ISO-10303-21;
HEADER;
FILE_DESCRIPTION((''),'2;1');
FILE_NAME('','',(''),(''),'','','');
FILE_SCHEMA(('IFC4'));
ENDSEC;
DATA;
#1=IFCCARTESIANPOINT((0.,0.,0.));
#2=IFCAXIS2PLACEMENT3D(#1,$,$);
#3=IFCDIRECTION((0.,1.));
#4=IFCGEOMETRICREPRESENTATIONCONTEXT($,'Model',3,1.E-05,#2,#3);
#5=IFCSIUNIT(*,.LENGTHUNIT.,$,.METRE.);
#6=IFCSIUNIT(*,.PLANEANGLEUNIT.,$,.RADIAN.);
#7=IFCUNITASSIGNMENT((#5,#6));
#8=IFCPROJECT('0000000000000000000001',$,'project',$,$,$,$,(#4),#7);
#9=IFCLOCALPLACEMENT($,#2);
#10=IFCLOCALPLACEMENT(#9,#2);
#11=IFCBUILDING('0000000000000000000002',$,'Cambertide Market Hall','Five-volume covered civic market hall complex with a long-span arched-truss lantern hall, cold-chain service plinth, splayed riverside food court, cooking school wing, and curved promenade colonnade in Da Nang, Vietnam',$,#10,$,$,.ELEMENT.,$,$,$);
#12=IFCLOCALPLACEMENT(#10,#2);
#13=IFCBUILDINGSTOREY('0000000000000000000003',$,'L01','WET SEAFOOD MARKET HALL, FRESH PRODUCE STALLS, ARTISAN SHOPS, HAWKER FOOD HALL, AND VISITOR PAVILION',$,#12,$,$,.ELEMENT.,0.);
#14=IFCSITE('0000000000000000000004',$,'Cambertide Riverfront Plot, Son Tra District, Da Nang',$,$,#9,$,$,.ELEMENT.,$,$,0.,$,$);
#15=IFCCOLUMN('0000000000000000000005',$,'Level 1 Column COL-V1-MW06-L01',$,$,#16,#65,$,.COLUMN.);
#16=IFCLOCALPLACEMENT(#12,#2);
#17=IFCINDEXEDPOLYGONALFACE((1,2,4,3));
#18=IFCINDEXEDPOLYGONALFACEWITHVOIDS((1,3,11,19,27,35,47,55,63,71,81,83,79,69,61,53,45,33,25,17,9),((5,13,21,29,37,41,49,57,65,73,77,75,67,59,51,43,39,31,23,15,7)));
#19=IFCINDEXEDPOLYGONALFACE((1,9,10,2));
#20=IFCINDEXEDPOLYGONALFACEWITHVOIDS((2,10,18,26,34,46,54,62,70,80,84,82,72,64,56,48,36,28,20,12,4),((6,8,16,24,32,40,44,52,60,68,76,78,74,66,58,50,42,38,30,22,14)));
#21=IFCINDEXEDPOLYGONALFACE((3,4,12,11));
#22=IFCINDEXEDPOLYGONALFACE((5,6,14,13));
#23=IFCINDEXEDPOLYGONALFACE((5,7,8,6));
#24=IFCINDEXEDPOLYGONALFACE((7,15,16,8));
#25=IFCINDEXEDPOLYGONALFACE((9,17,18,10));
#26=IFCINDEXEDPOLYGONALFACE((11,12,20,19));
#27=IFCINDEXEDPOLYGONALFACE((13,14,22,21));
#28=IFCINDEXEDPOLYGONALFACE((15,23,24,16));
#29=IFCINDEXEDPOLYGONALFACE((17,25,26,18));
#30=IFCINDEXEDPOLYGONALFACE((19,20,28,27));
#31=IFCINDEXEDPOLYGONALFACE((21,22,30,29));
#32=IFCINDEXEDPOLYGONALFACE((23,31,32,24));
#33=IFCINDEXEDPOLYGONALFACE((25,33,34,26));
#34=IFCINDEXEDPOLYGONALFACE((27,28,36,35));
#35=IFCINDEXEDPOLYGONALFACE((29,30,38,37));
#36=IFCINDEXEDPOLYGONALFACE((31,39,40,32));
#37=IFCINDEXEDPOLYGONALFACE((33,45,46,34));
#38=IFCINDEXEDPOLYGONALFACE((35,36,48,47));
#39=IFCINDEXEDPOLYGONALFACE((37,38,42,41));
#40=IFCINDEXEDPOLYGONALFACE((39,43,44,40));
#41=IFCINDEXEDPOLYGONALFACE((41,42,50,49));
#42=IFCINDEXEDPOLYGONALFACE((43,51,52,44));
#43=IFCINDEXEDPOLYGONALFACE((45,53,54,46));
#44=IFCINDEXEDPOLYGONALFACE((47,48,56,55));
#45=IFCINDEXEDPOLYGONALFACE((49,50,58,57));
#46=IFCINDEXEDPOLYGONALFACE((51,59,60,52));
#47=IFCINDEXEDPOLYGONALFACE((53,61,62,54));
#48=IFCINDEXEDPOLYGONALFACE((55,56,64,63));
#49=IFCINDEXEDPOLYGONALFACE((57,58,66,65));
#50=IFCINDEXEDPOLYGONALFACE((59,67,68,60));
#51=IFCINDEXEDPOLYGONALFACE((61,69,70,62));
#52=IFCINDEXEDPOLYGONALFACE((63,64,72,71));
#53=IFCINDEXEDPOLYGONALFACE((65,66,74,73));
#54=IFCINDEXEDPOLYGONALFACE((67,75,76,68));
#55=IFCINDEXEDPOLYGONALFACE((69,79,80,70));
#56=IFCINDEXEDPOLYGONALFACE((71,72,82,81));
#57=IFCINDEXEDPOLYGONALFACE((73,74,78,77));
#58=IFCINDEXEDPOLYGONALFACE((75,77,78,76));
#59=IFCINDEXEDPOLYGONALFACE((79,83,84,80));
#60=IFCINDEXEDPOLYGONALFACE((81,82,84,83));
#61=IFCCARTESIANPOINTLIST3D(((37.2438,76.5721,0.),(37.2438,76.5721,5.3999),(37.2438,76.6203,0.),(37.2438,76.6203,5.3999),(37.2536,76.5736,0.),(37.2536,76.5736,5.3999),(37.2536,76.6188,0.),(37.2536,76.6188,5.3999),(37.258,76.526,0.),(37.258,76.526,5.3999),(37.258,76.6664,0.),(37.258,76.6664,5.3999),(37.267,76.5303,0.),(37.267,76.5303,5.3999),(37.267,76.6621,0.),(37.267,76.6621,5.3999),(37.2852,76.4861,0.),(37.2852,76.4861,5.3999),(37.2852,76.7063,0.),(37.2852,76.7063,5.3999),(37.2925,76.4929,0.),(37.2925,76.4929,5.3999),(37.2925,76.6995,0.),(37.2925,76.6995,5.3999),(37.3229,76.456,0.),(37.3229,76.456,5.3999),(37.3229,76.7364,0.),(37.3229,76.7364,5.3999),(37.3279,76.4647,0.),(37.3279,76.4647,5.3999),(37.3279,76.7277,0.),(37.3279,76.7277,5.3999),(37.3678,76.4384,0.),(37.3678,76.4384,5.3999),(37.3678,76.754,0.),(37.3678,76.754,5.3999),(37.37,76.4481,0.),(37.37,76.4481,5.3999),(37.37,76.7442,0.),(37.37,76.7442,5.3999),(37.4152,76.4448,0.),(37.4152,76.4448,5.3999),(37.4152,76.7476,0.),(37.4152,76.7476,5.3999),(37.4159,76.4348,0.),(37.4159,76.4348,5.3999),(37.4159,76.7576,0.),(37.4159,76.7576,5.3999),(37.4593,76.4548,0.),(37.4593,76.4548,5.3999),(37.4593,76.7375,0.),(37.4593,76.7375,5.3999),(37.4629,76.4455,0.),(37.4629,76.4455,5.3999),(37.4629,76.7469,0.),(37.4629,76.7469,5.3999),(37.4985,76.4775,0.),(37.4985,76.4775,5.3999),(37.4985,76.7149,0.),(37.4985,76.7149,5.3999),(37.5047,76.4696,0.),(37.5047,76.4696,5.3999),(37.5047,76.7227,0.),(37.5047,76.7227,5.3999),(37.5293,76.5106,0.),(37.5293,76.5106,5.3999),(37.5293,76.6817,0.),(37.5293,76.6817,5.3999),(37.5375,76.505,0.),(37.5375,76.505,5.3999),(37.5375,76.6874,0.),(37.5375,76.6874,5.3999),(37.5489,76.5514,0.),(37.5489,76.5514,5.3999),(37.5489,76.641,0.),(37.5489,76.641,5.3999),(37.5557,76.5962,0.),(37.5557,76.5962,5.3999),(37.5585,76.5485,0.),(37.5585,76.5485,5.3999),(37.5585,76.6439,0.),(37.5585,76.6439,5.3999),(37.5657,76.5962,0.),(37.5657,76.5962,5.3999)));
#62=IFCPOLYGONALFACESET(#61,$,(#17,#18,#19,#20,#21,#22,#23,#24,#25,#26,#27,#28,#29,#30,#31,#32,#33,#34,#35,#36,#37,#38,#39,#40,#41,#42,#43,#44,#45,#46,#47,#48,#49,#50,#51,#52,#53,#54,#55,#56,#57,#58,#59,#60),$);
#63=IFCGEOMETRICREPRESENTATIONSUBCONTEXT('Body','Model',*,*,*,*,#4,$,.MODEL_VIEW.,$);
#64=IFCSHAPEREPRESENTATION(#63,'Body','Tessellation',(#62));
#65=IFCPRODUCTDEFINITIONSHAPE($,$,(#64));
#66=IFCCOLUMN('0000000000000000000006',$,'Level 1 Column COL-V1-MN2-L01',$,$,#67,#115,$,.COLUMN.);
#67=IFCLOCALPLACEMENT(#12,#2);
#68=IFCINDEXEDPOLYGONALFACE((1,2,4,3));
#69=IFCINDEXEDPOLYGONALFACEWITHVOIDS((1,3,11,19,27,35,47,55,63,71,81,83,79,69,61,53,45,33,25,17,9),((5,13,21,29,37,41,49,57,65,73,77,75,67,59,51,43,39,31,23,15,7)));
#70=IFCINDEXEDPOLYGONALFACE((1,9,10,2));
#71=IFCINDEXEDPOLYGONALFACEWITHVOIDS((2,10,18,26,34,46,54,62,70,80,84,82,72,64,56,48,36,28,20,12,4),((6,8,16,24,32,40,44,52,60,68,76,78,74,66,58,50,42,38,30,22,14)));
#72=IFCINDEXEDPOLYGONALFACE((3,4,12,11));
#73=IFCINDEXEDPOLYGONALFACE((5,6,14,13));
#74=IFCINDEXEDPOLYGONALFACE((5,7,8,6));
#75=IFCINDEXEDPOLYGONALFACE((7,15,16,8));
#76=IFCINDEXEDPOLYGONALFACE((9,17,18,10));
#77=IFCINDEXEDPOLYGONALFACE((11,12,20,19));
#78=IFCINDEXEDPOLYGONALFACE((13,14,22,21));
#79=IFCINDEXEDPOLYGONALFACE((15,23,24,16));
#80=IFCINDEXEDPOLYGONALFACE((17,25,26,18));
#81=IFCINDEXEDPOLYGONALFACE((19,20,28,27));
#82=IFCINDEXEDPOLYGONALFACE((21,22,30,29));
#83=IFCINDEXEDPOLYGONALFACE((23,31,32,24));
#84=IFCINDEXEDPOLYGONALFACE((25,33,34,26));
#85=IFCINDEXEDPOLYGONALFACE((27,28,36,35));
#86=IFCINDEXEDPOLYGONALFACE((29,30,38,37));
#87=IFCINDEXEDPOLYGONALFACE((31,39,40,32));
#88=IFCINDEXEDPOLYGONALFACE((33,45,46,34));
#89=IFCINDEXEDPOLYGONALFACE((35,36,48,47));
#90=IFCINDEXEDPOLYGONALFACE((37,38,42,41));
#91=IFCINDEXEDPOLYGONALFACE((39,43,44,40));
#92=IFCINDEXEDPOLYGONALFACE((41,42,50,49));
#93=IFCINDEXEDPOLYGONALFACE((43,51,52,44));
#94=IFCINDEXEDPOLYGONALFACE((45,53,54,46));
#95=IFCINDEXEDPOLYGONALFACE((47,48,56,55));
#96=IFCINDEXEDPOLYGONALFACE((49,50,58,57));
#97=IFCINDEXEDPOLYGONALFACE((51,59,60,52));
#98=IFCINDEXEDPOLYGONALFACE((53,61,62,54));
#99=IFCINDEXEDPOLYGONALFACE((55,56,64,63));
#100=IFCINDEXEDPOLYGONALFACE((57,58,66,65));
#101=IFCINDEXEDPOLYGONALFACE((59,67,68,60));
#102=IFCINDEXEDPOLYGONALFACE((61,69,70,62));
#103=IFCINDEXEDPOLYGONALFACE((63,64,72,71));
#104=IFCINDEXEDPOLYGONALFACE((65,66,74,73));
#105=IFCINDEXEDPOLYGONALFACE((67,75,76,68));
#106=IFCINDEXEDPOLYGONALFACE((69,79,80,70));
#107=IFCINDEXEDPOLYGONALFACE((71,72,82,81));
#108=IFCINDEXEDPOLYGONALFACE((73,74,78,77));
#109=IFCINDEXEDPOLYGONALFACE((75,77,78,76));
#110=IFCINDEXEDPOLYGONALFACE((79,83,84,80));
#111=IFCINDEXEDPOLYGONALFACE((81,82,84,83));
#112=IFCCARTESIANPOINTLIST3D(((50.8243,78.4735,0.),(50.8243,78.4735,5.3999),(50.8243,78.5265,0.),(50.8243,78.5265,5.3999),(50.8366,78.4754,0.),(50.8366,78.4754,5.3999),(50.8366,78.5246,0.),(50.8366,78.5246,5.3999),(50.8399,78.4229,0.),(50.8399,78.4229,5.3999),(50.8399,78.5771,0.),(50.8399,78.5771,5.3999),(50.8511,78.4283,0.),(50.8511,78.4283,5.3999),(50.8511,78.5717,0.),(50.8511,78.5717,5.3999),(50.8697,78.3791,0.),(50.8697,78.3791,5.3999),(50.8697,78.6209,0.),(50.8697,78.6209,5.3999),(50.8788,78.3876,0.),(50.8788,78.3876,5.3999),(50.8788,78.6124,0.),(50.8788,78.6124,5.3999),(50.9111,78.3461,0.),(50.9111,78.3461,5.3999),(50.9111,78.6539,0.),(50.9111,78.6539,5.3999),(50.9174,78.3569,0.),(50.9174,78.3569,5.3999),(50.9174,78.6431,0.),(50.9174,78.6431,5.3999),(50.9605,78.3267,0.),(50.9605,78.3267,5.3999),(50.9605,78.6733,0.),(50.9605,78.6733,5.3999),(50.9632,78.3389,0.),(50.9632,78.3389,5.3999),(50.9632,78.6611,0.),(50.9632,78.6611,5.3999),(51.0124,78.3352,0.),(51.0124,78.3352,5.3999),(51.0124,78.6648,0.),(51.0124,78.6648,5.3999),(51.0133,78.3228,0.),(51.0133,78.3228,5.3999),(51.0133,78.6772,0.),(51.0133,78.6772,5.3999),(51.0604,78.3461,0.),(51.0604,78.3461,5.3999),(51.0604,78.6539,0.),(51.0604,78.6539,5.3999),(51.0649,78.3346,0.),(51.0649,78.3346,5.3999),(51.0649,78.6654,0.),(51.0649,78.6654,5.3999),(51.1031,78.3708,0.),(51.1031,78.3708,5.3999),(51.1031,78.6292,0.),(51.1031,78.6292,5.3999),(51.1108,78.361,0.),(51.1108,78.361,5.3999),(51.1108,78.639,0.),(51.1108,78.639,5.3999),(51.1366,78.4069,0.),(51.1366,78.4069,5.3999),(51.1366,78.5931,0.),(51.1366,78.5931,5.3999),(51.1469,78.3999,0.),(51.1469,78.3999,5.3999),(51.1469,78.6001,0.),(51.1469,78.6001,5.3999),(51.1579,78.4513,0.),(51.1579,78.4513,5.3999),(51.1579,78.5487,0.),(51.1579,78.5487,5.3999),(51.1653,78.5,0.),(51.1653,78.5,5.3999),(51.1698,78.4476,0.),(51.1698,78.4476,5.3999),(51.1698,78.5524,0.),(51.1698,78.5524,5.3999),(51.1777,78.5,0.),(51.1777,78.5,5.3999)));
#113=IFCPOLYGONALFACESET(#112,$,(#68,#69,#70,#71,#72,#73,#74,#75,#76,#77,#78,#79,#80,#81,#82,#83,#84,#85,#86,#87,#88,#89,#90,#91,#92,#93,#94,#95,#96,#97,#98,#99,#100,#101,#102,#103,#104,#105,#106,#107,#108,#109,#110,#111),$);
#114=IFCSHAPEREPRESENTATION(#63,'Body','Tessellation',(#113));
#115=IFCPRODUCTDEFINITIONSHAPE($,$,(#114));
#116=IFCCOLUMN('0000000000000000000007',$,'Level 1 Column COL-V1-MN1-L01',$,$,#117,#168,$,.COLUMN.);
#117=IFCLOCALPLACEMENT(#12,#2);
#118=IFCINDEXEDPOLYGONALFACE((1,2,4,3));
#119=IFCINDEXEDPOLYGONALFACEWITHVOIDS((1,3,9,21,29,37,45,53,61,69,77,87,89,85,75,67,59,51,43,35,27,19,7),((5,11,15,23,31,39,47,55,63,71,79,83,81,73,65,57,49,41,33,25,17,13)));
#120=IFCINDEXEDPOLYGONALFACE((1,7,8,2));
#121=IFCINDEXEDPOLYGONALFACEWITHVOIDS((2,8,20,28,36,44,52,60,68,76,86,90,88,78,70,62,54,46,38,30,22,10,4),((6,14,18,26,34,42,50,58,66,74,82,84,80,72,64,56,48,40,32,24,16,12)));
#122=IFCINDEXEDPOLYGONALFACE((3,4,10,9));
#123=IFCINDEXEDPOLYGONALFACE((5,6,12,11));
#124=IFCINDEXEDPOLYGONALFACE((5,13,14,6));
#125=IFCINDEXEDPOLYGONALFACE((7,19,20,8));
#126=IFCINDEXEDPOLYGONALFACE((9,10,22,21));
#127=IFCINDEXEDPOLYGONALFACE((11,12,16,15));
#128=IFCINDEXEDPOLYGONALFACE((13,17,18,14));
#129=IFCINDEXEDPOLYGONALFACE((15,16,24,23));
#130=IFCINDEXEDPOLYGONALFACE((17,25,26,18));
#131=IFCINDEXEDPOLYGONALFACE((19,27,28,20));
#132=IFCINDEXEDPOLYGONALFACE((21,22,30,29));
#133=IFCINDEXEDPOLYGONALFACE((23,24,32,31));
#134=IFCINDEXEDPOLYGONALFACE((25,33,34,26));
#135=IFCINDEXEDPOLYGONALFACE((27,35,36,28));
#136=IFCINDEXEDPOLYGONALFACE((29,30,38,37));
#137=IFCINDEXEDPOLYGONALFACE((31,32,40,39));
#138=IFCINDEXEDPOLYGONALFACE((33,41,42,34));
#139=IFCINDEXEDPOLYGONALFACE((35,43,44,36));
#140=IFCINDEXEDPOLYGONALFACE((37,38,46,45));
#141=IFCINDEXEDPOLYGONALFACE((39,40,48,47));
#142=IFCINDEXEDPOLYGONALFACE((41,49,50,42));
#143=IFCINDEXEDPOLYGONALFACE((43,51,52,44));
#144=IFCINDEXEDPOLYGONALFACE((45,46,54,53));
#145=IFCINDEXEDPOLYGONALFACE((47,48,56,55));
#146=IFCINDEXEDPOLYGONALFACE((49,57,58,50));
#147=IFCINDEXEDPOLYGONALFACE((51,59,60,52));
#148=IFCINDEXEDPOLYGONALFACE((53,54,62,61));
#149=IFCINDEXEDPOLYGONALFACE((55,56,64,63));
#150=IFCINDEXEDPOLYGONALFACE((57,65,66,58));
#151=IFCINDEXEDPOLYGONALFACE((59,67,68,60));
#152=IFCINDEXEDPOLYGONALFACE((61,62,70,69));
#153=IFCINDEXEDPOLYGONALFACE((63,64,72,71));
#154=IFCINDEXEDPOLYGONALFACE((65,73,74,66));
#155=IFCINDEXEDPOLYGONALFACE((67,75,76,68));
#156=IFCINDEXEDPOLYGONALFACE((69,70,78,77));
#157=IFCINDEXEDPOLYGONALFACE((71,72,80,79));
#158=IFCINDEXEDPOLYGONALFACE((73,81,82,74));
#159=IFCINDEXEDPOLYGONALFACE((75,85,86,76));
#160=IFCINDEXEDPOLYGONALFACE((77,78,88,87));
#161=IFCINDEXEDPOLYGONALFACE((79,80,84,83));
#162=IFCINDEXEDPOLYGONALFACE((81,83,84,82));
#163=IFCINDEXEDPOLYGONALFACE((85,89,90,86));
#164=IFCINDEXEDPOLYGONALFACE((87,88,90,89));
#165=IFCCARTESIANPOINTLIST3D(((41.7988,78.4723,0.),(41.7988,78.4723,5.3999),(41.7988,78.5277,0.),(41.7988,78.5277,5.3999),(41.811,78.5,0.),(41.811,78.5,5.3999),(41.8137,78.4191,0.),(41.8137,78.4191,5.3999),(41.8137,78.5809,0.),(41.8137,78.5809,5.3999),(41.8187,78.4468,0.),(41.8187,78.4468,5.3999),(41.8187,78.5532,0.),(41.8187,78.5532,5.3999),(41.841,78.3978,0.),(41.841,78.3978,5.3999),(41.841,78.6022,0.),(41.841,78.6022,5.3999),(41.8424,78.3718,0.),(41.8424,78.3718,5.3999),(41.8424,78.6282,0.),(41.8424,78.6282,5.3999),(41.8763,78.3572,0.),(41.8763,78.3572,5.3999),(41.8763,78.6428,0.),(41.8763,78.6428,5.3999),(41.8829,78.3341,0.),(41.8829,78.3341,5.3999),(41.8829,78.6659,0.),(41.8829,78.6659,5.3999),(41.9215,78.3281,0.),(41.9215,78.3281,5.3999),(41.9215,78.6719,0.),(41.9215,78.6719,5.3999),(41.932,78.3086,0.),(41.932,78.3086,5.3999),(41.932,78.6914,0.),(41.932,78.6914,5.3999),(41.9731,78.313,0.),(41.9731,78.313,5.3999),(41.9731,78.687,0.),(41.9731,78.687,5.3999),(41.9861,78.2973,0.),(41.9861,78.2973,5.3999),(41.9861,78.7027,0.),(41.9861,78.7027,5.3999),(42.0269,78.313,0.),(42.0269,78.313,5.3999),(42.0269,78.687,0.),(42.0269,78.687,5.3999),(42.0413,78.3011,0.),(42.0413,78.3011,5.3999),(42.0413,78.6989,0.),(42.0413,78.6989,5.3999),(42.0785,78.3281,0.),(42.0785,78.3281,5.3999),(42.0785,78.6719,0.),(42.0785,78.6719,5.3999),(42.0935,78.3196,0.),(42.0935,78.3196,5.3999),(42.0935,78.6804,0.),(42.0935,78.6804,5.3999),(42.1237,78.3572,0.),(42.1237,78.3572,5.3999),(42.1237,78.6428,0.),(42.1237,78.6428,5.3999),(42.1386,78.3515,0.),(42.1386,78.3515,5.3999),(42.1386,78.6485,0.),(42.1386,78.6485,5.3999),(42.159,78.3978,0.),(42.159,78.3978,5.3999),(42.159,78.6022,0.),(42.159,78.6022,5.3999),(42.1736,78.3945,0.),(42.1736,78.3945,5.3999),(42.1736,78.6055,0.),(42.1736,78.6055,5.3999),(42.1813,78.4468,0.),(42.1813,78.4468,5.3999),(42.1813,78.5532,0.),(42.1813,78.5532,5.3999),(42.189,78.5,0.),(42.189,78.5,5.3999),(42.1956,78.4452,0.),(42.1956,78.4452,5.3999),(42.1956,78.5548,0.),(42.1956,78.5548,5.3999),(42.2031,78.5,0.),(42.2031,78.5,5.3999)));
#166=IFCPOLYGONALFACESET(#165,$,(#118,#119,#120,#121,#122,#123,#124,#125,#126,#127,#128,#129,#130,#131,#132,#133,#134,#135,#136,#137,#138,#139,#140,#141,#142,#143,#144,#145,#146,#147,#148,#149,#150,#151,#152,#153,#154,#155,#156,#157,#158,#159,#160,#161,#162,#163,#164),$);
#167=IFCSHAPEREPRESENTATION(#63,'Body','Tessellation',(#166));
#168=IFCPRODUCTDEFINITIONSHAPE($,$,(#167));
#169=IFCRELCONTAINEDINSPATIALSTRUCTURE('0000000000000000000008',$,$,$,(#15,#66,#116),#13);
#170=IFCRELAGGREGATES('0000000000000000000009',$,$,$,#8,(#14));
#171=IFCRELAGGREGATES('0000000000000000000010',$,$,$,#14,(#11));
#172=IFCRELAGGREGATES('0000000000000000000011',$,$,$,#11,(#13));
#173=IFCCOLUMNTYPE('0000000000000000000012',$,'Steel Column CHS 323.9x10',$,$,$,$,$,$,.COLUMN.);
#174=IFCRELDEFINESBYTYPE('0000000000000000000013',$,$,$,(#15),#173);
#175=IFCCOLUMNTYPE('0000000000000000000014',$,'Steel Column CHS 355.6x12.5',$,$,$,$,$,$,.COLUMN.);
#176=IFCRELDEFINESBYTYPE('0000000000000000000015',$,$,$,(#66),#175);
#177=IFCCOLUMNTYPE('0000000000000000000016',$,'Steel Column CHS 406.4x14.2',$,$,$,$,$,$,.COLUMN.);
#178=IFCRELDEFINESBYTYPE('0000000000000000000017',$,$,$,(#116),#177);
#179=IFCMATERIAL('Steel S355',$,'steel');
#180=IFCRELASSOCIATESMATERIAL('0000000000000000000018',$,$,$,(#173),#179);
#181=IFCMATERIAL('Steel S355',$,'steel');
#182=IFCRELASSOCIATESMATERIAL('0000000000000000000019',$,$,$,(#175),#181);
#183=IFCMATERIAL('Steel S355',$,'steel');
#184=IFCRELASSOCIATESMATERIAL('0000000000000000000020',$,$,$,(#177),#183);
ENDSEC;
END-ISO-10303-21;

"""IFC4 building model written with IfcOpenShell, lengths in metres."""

from ifc_helpers import new_model, si_unit, direction, frame, origin, origin_2d, place, context, subcontext, project, spatial, hollow_circle, extrude, material, material_profile, profile_set, type_object, element, save


model = new_model("IFC4")

# Units and contexts
model_context = context("Model", 3, precision=1e-05, world=origin(), true_north=direction((0.0, 1.0)))
body_context = subcontext(model_context, "Body", "Model", "MODEL_VIEW")
ifc_project = project(units=[si_unit("LENGTHUNIT", "METRE"), si_unit("PLANEANGLEUNIT", "RADIAN")], contexts=[model_context])

# Site, building, storey
site_placement = place(None, origin())
site = spatial("IfcSite", under=ifc_project, at=site_placement, Name="Cambertide Riverfront Plot, Son Tra District, Da Nang", CompositionType="ELEMENT", RefElevation=0.0)
building_placement = place(site_placement, origin())
building = spatial("IfcBuilding", under=site, at=building_placement, Name="Cambertide Market Hall", Description="Five-volume covered civic market hall complex with a long-span arched-truss lantern hall, cold-chain service plinth, splayed riverside food court, cooking school wing, and curved promenade colonnade in Da Nang, Vietnam", CompositionType="ELEMENT")
storey_placement = place(building_placement, origin())
storey = spatial("IfcBuildingStorey", under=building, at=storey_placement, Name="L01", Description="WET SEAFOOD MARKET HALL, FRESH PRODUCE STALLS, ARTISAN SHOPS, HAWKER FOOD HALL, AND VISITOR PAVILION", CompositionType="ELEMENT", Elevation=0.0)

# Columns
ifc_material_1 = material(Name="Steel S355", Category="steel")
ifc_material_profile_1 = material_profile(ifc_material_1, hollow_circle(Radius=0.1619, WallThickness=0.01, at=origin_2d()), Name="CHS 323.9x10")
ifc_profile_set_1 = profile_set([ifc_material_profile_1], Name="Steel S355")
column_type_1 = type_object("IfcColumnType", Name="Steel Column CHS 323.9x10", PredefinedType="COLUMN", material=ifc_profile_set_1)
column_1_placement = place(storey_placement, frame((37.4038, 76.5962, 0.0), z_axis=(0.0, 0.0, 1.0), x_axis=(1.0, 0.0, 0.0)))
element("IfcColumn", 1, at=column_1_placement, inside=storey, type_object=column_type_1, Name="Level 1 Column COL-V1-MW06-L01", PredefinedType="COLUMN", context=body_context, shape_type="SweptSolid", body=[
    extrude(hollow_circle(Radius=0.1619, WallThickness=0.01, at=origin_2d()), origin(), (0.0, 0.0, 1.0), 5.3999),
])
ifc_material_2 = material(Name="Steel S355", Category="steel")
ifc_material_profile_2 = material_profile(ifc_material_2, hollow_circle(Radius=0.1777, WallThickness=0.0125, at=origin_2d()), Name="CHS 355.6x12.5")
ifc_profile_set_2 = profile_set([ifc_material_profile_2], Name="Steel S355")
column_type_2 = type_object("IfcColumnType", Name="Steel Column CHS 355.6x12.5", PredefinedType="COLUMN", material=ifc_profile_set_2)
column_2_placement = place(storey_placement, frame((51.0, 78.5, 0.0), z_axis=(0.0, 0.0, 1.0), x_axis=(1.0, 0.0, 0.0)))
element("IfcColumn", 2, at=column_2_placement, inside=storey, type_object=column_type_2, Name="Level 1 Column COL-V1-MN2-L01", PredefinedType="COLUMN", context=body_context, shape_type="SweptSolid", body=[
    extrude(hollow_circle(Radius=0.1777, WallThickness=0.0125, at=origin_2d()), origin(), (0.0, 0.0, 1.0), 5.3999),
])
ifc_material_3 = material(Name="Steel S355", Category="steel")
ifc_material_profile_3 = material_profile(ifc_material_3, hollow_circle(Radius=0.2031, WallThickness=0.0142, at=origin_2d()), Name="CHS 406.4x14.2")
ifc_profile_set_3 = profile_set([ifc_material_profile_3], Name="Steel S355")
column_type_3 = type_object("IfcColumnType", Name="Steel Column CHS 406.4x14.2", PredefinedType="COLUMN", material=ifc_profile_set_3)
column_3_placement = place(storey_placement, frame((42.0, 78.5, 0.0), z_axis=(0.0, 0.0, 1.0), x_axis=(1.0, 0.0, 0.0)))
element("IfcColumn", 3, at=column_3_placement, inside=storey, type_object=column_type_3, Name="Level 1 Column COL-V1-MN1-L01", PredefinedType="COLUMN", context=body_context, shape_type="SweptSolid", body=[
    extrude(hollow_circle(Radius=0.2031, WallThickness=0.0142, at=origin_2d()), origin(), (0.0, 0.0, 1.0), 5.3999),
])

save(model, "model.ifc")
